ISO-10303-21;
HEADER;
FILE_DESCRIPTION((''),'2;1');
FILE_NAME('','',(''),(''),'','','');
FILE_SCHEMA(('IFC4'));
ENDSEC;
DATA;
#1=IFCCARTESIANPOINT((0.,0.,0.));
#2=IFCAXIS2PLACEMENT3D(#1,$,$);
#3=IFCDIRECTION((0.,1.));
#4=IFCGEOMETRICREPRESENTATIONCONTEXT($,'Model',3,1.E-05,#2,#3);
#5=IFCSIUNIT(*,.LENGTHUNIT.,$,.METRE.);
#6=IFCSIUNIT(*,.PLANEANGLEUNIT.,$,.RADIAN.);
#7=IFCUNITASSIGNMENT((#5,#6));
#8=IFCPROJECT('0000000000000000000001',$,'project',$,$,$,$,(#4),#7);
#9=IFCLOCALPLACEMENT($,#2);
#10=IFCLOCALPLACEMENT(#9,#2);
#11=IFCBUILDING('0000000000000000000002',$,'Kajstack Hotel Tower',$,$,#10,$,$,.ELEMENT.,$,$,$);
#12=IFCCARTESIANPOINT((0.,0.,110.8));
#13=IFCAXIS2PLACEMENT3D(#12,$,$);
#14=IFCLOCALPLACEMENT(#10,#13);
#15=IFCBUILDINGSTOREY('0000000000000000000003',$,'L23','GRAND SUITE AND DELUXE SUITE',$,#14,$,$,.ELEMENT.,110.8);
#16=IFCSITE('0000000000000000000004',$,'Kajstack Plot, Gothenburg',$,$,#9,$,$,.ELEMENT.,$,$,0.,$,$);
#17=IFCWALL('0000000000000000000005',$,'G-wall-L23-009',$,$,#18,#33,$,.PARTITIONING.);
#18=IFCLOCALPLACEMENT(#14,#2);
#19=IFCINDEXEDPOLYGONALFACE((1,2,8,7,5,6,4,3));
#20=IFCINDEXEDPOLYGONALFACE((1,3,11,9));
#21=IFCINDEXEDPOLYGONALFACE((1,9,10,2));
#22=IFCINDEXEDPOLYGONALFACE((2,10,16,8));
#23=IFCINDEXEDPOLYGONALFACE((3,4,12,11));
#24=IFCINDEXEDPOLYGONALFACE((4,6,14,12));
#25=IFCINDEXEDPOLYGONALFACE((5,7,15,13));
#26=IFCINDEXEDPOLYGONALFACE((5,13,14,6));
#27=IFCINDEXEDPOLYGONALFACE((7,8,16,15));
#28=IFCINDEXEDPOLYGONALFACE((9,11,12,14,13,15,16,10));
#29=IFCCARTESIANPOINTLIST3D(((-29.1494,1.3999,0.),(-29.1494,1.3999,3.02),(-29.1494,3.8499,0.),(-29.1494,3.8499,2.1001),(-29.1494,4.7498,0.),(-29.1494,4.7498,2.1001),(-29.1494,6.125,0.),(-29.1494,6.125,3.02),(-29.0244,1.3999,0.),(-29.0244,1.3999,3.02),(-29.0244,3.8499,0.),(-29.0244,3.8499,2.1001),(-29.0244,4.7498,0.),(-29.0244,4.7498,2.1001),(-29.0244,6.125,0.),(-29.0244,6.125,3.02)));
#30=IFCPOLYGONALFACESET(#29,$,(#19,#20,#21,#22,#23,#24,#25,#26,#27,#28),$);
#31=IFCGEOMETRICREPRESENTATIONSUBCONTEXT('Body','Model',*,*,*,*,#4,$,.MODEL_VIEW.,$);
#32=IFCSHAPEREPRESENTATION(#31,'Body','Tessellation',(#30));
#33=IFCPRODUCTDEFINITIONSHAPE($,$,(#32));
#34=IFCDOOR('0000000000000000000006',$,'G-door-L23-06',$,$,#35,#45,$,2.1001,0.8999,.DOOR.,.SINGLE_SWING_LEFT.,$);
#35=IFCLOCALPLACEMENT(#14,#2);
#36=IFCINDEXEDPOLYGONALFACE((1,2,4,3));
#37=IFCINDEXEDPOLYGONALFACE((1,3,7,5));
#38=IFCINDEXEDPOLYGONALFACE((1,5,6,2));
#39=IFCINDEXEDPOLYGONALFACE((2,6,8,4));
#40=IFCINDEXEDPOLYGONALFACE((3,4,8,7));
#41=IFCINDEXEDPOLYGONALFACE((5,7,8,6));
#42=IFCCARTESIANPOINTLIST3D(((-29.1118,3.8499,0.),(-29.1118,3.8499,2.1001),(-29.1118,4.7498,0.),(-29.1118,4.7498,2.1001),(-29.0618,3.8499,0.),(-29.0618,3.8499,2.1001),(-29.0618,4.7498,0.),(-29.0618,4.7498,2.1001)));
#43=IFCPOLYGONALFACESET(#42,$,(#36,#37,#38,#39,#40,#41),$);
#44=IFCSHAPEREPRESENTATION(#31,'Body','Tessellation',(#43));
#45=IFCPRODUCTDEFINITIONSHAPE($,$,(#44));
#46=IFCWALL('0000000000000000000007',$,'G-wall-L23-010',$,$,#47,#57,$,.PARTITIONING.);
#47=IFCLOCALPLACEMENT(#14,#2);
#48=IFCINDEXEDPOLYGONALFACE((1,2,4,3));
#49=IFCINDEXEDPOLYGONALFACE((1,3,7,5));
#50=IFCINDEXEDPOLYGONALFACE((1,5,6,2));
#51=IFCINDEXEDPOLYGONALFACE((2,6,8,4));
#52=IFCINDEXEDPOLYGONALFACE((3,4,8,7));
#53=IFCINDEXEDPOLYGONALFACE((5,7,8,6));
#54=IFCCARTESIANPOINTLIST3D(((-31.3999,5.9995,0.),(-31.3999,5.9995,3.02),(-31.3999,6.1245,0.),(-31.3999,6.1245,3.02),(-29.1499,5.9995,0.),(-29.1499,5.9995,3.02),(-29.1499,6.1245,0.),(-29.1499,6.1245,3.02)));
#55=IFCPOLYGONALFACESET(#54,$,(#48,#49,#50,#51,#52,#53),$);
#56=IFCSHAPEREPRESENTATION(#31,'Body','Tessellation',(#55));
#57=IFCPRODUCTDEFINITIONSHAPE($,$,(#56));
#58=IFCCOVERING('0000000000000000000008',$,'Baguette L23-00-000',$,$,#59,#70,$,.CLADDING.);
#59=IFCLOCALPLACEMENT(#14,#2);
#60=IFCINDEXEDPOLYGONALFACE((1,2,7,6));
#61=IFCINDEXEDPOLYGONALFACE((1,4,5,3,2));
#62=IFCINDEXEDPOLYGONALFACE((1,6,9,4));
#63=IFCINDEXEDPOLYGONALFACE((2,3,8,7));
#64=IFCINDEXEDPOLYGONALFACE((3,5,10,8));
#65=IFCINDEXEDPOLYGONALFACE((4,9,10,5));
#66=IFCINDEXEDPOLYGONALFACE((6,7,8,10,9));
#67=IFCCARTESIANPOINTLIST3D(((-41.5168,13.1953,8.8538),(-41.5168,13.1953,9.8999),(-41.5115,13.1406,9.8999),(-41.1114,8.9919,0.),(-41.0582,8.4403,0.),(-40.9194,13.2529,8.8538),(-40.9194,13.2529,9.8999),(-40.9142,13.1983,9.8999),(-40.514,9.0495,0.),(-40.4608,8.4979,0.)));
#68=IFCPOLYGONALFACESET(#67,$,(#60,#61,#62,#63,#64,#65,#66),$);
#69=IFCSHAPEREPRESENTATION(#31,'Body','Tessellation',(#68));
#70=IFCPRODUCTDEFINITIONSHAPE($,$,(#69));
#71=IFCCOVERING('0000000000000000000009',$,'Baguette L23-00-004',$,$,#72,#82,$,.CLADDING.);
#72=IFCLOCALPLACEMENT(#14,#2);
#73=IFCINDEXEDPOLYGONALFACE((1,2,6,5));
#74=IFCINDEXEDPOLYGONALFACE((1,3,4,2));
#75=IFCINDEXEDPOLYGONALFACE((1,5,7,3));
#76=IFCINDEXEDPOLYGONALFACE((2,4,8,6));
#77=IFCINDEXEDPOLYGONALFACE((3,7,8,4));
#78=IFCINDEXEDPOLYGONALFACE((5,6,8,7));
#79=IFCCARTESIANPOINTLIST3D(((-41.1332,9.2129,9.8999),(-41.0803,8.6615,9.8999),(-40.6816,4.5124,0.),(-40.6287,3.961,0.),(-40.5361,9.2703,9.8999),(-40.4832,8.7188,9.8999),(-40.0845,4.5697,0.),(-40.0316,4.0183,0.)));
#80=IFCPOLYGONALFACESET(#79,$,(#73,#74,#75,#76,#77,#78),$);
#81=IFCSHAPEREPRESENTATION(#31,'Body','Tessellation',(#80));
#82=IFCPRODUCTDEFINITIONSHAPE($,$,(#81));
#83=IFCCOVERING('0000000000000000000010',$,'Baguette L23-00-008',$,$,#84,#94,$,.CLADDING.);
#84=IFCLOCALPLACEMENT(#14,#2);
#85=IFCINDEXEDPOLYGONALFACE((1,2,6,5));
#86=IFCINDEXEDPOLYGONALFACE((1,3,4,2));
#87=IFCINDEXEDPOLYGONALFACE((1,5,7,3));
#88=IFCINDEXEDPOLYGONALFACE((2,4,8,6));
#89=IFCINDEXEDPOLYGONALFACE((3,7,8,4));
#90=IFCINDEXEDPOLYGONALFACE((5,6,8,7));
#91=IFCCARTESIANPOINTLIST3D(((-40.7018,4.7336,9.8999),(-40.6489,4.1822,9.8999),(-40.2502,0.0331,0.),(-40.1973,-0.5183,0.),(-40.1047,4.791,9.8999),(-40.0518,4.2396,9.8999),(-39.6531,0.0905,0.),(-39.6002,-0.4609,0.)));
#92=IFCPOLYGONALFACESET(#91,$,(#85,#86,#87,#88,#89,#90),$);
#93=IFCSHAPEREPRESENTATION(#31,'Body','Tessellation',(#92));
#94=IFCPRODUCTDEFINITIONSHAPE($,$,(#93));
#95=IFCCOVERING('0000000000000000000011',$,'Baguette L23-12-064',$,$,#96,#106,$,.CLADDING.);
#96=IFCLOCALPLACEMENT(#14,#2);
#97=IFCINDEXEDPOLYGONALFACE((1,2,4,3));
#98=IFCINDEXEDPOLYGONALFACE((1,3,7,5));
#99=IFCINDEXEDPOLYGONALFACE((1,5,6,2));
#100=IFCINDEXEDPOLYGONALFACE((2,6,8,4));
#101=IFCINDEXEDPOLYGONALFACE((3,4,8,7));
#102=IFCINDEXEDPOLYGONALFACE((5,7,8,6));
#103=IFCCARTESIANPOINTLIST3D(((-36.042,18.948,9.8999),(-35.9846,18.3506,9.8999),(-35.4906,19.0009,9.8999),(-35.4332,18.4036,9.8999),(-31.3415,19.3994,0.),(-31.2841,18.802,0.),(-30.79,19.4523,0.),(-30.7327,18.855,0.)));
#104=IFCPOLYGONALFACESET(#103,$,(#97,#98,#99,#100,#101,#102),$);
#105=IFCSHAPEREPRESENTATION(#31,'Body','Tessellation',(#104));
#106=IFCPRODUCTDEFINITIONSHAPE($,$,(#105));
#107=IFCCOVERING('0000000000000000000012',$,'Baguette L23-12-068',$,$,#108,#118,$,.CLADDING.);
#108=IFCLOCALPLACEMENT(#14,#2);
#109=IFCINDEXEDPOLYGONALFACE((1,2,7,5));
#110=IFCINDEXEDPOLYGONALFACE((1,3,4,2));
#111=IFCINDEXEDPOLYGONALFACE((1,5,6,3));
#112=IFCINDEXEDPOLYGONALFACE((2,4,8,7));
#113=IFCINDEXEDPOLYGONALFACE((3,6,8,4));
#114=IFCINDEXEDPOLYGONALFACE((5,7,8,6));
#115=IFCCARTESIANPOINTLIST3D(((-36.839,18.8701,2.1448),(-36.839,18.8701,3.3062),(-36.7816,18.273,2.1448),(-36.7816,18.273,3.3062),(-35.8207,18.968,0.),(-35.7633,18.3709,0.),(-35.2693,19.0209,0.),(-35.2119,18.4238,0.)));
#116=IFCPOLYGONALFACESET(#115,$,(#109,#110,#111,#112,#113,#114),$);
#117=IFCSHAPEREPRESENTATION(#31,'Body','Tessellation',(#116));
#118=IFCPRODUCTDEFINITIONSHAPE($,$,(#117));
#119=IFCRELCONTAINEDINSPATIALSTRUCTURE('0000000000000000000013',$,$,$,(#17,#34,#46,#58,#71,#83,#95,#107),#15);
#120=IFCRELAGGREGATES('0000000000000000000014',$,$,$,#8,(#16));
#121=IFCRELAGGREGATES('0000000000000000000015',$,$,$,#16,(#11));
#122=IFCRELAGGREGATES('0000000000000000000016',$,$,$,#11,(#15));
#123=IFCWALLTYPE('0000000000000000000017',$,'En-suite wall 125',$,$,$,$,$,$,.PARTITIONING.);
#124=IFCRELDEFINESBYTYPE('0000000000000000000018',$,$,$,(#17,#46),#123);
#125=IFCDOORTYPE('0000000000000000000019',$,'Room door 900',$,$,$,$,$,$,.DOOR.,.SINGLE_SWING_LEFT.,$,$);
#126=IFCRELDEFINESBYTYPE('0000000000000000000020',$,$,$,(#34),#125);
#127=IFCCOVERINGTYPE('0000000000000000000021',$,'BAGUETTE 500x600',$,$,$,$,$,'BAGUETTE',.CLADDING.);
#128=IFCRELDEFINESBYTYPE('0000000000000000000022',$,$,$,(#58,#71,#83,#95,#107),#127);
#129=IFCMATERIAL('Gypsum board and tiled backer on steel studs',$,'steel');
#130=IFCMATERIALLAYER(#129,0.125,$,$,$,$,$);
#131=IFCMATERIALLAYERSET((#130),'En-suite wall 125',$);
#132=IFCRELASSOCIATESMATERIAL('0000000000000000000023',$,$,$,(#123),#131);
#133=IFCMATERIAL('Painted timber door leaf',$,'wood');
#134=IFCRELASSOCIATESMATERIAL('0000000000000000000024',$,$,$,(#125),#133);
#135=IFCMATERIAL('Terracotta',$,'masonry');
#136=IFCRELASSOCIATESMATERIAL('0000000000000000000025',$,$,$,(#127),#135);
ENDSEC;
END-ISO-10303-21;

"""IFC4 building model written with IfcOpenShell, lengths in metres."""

from ifc_helpers import new_model, si_unit, direction, frame, frame_2d, origin, origin_2d, place, context, subcontext, project, spatial, polyline, rectangle, outline, extrude, material, layer, layer_set, material_profile, profile_set, type_object, element, fill, save


model = new_model("IFC4")

# Units and contexts
model_context = context("Model", 3, precision=1e-05, world=origin(), true_north=direction((0.0, 1.0)))
body_context = subcontext(model_context, "Body", "Model", "MODEL_VIEW")
ifc_project = project(units=[si_unit("LENGTHUNIT", "METRE"), si_unit("PLANEANGLEUNIT", "RADIAN")], contexts=[model_context])

# Site, building, storey
site_placement = place(None, origin())
site = spatial("IfcSite", under=ifc_project, at=site_placement, Name="Kajstack Plot, Gothenburg", CompositionType="ELEMENT", RefElevation=0.0)
building_placement = place(site_placement, origin())
building = spatial("IfcBuilding", under=site, at=building_placement, Name="Kajstack Hotel Tower", CompositionType="ELEMENT")
storey_placement = place(building_placement, frame((0.0, 0.0, 110.8)))
storey = spatial("IfcBuildingStorey", under=building, at=storey_placement, Name="L23", Description="GRAND SUITE AND DELUXE SUITE", CompositionType="ELEMENT", Elevation=110.8)

# Shared definitions
ifc_material_1 = material(Name="Gypsum board and tiled backer on steel studs", Category="steel")
ifc_layer_1 = layer(ifc_material_1, 0.125)
ifc_layer_set_1 = layer_set([ifc_layer_1], Name="En-suite wall 125")
wall_type_1 = type_object("IfcWallType", Name="En-suite wall 125", PredefinedType="PARTITIONING", material=ifc_layer_set_1)

# Wall, opening, door
wall_1_placement = place(storey_placement, frame((-29.0869, 1.3999, 0.0), z_axis=(0.0, 0.0, 1.0), x_axis=(0.0, 1.0, 0.0)))
wall_1 = element("IfcWall", 1, at=wall_1_placement, inside=storey, type_object=wall_type_1, Name="G-wall-L23-009", PredefinedType="PARTITIONING", context=body_context, shape_type="SweptSolid", body=[
    extrude(rectangle(XDim=4.7251, YDim=0.125, at=frame_2d((2.3625, 0.0))), origin(), (0.0, 0.0, 1.0), 3.02),
])
opening_1_placement = place(wall_1_placement, frame((2.45, 0.0, 0.0)))
opening_1 = element("IfcOpeningElement", 2, at=opening_1_placement, cuts=wall_1, PredefinedType="OPENING", context=body_context, shape_type="SweptSolid", body=[
    extrude(rectangle(XDim=0.8999, YDim=2.1001, at=frame_2d((0.45, 1.05))), frame((0.0, 0.0725, 0.0), z_axis=(0.0, -1.0, 0.0), x_axis=(1.0, 0.0, 0.0)), (0.0, 0.0, 1.0), 0.145),
])
ifc_material_2 = material(Name="Painted timber door leaf", Category="wood")
door_type = type_object("IfcDoorType", Name="Room door 900", OperationType="SINGLE_SWING_LEFT", PredefinedType="DOOR", material=ifc_material_2)
door_placement = place(opening_1_placement, origin())
door = element("IfcDoor", 3, at=door_placement, inside=storey, type_object=door_type, Name="G-door-L23-06", OperationType="SINGLE_SWING_LEFT", OverallHeight=2.1001, OverallWidth=0.8999, PredefinedType="DOOR", context=body_context, shape_type="SweptSolid", body=[
    extrude(rectangle(XDim=0.8999, YDim=2.1001, at=frame_2d((0.45, 1.05))), frame((0.0, 0.0249, 0.0), z_axis=(0.0, -1.0, 0.0), x_axis=(1.0, 0.0, 0.0)), (0.0, 0.0, 1.0), 0.05),
])
fill(opening_1, door)

# Wall
wall_2_placement = place(storey_placement, frame((-31.3999, 6.062, 0.0), z_axis=(0.0, 0.0, 1.0), x_axis=(1.0, 0.0, 0.0)))
element("IfcWall", 4, at=wall_2_placement, inside=storey, type_object=wall_type_1, Name="G-wall-L23-010", PredefinedType="PARTITIONING", context=body_context, shape_type="SweptSolid", body=[
    extrude(rectangle(XDim=2.25, YDim=0.125, at=frame_2d((1.125, 0.0))), origin(), (0.0, 0.0, 1.0), 3.02),
])

# Coverings
ifc_material_3 = material(Name="Terracotta", Category="masonry")
ifc_material_profile = material_profile(ifc_material_3, rectangle(XDim=0.6001, YDim=0.5, at=origin_2d()), Name="Terracotta-clad concrete baguette 500 x 600")
ifc_profile_set = profile_set([ifc_material_profile], Name="Terracotta")
covering_type = type_object("IfcCoveringType", Name="BAGUETTE 500x600", ElementType="BAGUETTE", PredefinedType="CLADDING", material=ifc_profile_set)
covering_1_placement = place(storey_placement, frame((-40.9194, 13.2529, 0.0), z_axis=(-0.995381, -0.095999, 0.0), x_axis=(0.095999, -0.995381, 0.0)))
element("IfcCovering", 5, at=covering_1_placement, inside=storey, type_object=covering_type, Name="Baguette L23-00-000", PredefinedType="CLADDING", context=body_context, shape_type="SweptSolid", body=[
    extrude(outline(polyline([(0.0549, 9.8999), (0.0, 9.8999), (0.0, 8.8538), (4.2229, 0.0), (4.7771, 0.0), (0.0549, 9.8999)])), origin(), (0.0, 0.0, 1.0), 0.6001),
])
for number, where, z_axis, x_axis, name in (
    (6, (-40.5361, 9.2703, 0.0), (-0.995416, -0.095635, 0.0), (0.095635, -0.995416, 0.0), "Baguette L23-00-004"),
    (7, (-40.1047, 4.791, 0.0), (-0.995416, -0.095635, 0.0), (0.095635, -0.995416, 0.0), "Baguette L23-00-008"),
):
    element("IfcCovering", number, at=place(storey_placement, frame(where, z_axis=z_axis, x_axis=x_axis)), inside=storey, type_object=covering_type, Name=name, PredefinedType="CLADDING", context=body_context, shape_type="SweptSolid", body=[
        extrude(outline(polyline([(0.0, 9.8999), (4.7222, 0.0), (5.2761, 0.0), (0.554, 9.8999), (0.0, 9.8999)])), origin(), (0.0, 0.0, 1.0), 0.5999),
    ])
covering_2_placement = place(storey_placement, frame((-30.7327, 18.855, 0.0), z_axis=(-0.095596, 0.99542, 0.0), x_axis=(-0.99542, -0.095596, 0.0)))
element("IfcCovering", 8, at=covering_2_placement, inside=storey, type_object=covering_type, Name="Baguette L23-12-064", PredefinedType="CLADDING", context=body_context, shape_type="SweptSolid", body=[
    extrude(outline(polyline([(4.7222, 9.8999), (0.0, 0.0), (0.554, 0.0), (5.2761, 9.8999), (4.7222, 9.8999)])), origin(), (0.0, 0.0, 1.0), 0.6001),
])
covering_3_placement = place(storey_placement, frame((-35.2119, 18.4238, 0.0), z_axis=(-0.095635, 0.995416, 0.0), x_axis=(-0.995416, -0.095635, 0.0)))
element("IfcCovering", 9, at=covering_3_placement, inside=storey, type_object=covering_type, Name="Baguette L23-12-068", PredefinedType="CLADDING", context=body_context, shape_type="SweptSolid", body=[
    extrude(outline(polyline([(0.554, 0.0), (1.5769, 2.1448), (1.5769, 3.3062), (0.0, 0.0), (0.554, 0.0)])), origin(), (0.0, 0.0, 1.0), 0.5999),
])

save(model, "model.ifc")
